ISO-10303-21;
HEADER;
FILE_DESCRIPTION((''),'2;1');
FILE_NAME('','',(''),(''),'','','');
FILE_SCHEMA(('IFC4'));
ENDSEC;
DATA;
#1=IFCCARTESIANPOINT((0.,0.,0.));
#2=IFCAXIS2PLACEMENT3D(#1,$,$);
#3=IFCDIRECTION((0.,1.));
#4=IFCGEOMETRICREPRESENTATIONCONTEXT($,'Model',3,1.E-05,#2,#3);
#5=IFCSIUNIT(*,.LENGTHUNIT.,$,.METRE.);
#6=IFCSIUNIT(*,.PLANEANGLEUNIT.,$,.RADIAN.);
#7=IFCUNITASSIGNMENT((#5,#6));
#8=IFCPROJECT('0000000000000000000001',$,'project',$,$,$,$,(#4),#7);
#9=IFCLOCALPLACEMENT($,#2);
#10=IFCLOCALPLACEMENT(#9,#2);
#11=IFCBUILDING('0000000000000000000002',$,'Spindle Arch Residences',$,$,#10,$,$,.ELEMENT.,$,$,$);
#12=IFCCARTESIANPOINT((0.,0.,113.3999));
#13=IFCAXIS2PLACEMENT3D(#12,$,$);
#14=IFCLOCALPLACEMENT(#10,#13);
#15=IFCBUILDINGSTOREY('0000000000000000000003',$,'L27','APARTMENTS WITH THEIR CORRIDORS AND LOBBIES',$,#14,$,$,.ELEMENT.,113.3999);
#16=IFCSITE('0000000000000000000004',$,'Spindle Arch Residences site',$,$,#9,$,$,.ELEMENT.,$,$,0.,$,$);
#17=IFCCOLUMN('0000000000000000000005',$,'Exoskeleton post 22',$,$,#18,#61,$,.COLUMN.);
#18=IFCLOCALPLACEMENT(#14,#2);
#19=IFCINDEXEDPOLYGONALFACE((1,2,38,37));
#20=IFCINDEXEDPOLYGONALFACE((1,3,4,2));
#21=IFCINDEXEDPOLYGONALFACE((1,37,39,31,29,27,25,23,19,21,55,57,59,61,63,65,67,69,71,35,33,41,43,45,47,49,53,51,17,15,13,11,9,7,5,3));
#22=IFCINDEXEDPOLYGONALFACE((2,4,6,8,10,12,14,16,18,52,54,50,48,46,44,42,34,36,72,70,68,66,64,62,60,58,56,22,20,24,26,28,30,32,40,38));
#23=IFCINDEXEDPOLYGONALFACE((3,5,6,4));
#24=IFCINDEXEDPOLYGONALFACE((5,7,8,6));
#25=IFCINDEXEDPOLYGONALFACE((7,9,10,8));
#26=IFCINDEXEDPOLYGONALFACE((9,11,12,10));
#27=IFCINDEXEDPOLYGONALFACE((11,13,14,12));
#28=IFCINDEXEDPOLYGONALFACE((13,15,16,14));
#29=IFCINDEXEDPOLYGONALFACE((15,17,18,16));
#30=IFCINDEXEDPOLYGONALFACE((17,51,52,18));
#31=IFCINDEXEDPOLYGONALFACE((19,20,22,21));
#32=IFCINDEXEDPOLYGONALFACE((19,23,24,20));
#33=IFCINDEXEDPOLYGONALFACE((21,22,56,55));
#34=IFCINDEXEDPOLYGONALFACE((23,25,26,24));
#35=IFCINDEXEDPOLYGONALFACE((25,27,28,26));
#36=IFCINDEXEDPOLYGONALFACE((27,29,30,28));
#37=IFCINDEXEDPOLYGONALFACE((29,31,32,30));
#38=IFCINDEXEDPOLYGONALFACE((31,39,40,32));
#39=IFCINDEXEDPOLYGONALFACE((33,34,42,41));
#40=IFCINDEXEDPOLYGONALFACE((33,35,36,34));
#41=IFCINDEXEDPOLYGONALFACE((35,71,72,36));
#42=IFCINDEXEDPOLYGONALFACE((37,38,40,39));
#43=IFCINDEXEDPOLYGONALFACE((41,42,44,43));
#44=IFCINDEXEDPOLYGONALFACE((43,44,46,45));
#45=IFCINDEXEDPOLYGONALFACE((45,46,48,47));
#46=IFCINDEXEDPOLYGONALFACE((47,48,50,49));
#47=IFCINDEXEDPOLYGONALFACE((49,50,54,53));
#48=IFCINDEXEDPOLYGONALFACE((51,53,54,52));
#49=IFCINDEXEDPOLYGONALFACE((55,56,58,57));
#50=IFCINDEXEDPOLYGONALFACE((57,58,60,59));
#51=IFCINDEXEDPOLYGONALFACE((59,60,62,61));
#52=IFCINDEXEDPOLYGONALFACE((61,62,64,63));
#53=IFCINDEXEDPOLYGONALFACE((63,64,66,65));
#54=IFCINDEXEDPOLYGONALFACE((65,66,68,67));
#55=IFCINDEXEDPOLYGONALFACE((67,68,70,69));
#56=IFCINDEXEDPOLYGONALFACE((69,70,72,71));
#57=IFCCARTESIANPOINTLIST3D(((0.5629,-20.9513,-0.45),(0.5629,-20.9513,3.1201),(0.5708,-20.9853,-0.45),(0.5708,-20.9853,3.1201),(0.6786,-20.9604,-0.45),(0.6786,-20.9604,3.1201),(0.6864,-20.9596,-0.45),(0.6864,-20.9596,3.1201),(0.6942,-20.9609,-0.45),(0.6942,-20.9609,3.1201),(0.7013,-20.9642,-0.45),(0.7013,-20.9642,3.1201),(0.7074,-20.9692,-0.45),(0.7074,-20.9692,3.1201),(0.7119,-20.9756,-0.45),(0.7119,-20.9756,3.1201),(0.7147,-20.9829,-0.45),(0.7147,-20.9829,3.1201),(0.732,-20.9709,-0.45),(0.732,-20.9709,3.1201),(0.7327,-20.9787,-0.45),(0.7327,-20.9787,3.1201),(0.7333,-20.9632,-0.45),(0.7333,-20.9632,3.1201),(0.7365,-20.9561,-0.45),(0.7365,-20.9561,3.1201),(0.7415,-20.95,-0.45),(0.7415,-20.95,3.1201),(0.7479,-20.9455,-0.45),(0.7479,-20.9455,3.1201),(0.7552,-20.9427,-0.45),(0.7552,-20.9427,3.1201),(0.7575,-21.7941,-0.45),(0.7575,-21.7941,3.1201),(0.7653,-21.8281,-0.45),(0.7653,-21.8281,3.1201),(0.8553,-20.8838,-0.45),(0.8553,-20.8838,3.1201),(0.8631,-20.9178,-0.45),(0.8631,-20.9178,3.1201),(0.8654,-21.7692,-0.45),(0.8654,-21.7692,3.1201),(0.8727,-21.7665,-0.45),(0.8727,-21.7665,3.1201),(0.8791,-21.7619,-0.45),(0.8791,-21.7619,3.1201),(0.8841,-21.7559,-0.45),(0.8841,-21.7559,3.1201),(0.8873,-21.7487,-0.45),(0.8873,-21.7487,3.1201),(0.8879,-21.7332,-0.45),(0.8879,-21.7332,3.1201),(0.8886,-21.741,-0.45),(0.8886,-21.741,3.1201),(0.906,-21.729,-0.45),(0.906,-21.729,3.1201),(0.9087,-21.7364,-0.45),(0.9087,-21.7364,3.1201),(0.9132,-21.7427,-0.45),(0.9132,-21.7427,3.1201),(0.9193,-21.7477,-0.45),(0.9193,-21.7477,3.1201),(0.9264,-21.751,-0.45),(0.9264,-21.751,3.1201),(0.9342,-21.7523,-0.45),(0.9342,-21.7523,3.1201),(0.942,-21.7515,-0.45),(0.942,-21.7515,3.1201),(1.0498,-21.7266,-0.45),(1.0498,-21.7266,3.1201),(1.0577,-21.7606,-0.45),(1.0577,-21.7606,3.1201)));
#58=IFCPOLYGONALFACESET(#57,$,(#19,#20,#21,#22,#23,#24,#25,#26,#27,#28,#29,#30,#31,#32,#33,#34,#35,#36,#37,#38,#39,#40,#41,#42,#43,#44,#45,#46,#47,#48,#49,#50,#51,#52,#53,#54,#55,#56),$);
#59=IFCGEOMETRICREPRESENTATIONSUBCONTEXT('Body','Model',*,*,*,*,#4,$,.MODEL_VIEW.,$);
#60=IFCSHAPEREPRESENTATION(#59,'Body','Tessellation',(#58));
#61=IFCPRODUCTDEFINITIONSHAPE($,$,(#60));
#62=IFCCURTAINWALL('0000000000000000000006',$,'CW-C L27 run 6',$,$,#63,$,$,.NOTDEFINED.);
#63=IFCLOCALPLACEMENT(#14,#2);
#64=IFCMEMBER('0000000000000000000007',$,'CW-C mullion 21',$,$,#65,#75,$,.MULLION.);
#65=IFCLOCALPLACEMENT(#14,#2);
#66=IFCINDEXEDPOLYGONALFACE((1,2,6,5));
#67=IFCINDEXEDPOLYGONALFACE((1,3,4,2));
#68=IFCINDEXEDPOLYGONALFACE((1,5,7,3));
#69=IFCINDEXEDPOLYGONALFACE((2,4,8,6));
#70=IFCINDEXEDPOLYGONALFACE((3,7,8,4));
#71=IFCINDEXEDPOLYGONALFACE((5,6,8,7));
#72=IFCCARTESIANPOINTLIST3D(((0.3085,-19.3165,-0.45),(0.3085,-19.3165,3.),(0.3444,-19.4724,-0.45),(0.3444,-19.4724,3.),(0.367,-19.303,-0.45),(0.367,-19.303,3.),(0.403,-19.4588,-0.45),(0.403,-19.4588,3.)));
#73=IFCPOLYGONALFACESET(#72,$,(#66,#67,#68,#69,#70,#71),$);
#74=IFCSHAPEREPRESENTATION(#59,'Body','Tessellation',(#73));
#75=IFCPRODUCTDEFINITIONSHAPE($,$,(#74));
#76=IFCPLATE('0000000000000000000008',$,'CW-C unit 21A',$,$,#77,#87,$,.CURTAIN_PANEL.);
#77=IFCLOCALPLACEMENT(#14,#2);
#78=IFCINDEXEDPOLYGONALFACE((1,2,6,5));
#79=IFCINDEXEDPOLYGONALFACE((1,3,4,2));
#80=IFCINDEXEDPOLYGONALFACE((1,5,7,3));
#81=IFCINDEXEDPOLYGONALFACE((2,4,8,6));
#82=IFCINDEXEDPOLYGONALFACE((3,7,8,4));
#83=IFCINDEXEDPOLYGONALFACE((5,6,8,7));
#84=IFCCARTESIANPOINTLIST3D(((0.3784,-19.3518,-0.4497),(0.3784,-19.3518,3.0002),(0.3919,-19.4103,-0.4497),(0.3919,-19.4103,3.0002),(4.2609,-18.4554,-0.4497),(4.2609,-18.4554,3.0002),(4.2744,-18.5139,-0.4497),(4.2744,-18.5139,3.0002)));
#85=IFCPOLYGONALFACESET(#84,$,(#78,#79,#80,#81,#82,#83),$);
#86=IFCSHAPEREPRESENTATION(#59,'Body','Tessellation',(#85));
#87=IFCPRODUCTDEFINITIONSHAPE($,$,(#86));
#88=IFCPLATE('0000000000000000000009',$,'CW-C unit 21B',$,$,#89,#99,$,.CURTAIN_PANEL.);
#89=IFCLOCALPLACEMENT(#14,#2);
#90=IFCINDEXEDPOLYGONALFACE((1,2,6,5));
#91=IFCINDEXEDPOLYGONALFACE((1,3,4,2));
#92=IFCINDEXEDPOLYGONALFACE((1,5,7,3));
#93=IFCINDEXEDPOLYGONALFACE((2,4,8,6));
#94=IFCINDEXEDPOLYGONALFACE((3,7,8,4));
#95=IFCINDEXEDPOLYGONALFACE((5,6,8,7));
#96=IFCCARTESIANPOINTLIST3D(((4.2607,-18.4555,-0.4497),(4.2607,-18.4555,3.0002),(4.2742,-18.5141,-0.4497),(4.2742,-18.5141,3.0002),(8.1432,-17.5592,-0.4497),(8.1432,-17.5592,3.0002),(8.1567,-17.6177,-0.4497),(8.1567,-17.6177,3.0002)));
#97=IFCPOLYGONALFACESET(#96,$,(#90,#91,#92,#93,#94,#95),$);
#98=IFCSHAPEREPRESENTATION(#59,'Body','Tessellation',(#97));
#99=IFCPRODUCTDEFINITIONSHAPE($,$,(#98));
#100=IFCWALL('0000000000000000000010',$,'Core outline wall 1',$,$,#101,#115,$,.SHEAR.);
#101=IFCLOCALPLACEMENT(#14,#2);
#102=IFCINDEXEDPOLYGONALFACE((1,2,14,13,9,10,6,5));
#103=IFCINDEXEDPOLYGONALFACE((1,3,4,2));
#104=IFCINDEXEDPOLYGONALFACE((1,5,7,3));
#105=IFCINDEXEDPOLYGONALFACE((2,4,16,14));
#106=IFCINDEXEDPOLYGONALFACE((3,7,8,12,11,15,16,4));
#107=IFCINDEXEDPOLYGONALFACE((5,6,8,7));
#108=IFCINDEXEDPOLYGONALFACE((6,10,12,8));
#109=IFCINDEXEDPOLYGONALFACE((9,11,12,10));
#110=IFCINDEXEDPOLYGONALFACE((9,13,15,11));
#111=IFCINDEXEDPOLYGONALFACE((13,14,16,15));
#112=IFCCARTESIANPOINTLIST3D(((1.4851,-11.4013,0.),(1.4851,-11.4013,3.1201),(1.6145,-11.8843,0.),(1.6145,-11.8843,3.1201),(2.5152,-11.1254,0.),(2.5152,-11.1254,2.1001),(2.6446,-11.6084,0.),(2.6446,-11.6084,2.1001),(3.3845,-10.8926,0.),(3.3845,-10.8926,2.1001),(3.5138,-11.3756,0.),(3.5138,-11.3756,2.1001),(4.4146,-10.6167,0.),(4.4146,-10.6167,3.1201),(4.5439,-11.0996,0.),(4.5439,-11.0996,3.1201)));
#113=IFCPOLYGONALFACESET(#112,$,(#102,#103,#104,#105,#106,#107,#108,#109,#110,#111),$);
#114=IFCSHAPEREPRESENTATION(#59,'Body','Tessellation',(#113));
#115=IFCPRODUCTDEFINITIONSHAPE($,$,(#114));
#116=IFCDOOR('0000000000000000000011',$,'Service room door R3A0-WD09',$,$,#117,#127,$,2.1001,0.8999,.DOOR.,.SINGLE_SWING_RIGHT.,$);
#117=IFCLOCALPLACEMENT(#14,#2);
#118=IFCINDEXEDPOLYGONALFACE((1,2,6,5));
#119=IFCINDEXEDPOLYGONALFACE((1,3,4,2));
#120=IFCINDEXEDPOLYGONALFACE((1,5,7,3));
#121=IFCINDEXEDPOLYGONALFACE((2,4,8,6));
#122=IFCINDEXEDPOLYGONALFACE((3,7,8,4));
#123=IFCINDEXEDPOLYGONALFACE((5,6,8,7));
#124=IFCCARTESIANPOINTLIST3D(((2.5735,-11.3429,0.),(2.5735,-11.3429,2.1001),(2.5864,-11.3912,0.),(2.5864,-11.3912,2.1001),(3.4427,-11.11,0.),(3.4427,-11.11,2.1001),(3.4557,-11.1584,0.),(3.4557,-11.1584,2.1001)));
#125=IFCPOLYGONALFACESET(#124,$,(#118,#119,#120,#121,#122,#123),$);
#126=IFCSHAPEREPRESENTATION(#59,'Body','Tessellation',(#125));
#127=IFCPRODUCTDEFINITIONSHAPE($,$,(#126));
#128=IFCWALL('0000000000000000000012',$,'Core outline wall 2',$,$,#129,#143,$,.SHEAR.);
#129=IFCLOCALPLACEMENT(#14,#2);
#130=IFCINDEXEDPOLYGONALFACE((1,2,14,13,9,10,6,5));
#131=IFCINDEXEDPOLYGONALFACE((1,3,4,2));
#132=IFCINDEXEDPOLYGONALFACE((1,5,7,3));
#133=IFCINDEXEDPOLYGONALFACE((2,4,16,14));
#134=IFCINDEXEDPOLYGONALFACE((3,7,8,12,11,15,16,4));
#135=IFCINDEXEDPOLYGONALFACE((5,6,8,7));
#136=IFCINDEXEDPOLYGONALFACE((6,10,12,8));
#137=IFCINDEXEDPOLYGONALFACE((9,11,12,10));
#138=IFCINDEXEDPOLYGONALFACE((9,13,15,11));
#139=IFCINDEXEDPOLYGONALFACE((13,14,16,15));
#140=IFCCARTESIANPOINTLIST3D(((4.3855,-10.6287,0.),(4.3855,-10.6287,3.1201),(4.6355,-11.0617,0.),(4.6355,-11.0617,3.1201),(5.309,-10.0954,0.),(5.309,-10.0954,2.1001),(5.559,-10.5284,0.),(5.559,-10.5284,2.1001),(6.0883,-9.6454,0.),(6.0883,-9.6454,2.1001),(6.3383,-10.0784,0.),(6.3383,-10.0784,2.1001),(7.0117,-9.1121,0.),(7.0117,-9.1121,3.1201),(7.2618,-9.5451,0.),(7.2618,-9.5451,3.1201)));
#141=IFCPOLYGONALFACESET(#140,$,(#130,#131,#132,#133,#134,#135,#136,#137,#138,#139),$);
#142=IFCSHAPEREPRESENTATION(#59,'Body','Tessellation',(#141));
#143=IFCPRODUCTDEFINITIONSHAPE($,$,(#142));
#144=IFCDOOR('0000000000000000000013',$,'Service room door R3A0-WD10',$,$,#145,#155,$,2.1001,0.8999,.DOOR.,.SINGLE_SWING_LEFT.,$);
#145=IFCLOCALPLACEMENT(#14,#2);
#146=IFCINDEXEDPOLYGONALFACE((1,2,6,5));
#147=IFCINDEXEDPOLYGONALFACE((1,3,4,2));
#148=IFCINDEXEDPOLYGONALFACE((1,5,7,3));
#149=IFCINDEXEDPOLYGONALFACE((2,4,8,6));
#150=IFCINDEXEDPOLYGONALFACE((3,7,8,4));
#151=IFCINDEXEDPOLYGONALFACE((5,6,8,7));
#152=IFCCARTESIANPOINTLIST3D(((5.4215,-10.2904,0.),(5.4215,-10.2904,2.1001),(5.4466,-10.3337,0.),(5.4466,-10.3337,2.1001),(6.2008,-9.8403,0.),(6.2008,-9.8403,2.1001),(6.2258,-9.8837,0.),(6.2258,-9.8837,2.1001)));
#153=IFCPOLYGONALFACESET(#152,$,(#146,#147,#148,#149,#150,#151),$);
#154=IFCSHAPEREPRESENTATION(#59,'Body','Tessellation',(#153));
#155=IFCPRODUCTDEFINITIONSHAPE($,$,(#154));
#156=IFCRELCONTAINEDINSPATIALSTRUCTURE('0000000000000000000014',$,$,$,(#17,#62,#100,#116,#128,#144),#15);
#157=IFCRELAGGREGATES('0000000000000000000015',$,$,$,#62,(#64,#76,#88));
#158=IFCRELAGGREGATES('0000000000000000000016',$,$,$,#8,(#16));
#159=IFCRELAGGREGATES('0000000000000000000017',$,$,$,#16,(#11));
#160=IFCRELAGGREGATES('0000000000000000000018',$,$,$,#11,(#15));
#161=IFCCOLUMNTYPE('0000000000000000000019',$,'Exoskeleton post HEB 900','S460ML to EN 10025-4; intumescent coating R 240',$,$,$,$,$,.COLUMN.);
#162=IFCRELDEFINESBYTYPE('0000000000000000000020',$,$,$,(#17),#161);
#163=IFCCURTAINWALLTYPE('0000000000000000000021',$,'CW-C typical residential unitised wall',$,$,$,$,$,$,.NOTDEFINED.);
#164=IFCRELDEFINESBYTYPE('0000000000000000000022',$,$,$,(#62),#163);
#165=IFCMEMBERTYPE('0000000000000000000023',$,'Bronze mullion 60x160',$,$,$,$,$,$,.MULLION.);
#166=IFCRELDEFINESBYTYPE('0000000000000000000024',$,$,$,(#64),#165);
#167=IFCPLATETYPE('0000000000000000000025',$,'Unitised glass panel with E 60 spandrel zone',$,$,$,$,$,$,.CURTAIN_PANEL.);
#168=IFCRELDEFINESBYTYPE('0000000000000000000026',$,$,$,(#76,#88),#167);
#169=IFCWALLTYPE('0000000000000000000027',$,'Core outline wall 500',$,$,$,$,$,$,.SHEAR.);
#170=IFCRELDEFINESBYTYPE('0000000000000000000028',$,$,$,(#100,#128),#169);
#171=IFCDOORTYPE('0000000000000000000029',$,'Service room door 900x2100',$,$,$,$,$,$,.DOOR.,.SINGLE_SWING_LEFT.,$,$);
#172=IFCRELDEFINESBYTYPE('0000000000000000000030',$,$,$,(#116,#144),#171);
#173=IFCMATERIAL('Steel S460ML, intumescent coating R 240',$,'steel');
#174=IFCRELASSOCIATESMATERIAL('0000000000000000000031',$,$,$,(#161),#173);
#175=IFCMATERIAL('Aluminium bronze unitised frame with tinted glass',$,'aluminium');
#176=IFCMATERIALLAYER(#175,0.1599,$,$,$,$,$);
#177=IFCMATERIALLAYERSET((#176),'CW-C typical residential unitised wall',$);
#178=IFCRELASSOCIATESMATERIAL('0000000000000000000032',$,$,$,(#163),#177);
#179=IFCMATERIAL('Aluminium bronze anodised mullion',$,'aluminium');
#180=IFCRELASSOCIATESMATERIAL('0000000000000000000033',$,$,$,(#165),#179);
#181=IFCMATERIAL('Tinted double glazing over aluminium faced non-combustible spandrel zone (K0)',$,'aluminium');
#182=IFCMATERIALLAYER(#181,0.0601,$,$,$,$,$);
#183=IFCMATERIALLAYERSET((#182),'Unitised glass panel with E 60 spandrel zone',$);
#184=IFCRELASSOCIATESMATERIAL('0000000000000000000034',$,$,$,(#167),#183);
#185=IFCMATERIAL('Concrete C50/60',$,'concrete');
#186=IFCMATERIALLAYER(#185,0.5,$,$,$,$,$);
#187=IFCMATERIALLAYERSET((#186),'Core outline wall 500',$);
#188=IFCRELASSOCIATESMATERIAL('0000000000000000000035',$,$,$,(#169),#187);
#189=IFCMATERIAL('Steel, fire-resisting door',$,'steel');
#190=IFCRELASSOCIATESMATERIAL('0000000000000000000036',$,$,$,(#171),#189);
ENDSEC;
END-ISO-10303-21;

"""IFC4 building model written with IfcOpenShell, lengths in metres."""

from ifc_helpers import new_model, si_unit, direction, frame, frame_2d, origin, origin_2d, place, context, subcontext, project, spatial, rectangle, i_section, extrude, material, layer, layer_set, material_profile, profile_set, type_object, element, fill, aggregate, save


model = new_model("IFC4")

# Units and contexts
model_context = context("Model", 3, precision=1e-05, world=origin(), true_north=direction((0.0, 1.0)))
body_context = subcontext(model_context, "Body", "Model", "MODEL_VIEW")
ifc_project = project(units=[si_unit("LENGTHUNIT", "METRE"), si_unit("PLANEANGLEUNIT", "RADIAN")], contexts=[model_context])

# Site, building, storey
site_placement = place(None, origin())
site = spatial("IfcSite", under=ifc_project, at=site_placement, Name="Spindle Arch Residences site", CompositionType="ELEMENT", RefElevation=0.0)
building_placement = place(site_placement, origin())
building = spatial("IfcBuilding", under=site, at=building_placement, Name="Spindle Arch Residences", CompositionType="ELEMENT")
storey_placement = place(building_placement, frame((0.0, 0.0, 113.3999)))
storey = spatial("IfcBuildingStorey", under=building, at=storey_placement, Name="L27", Description="APARTMENTS WITH THEIR CORRIDORS AND LOBBIES", CompositionType="ELEMENT", Elevation=113.3999)

# Column
ifc_material_1 = material(Name="Steel S460ML, intumescent coating R 240", Category="steel")
ifc_material_profile_1 = material_profile(ifc_material_1, i_section(OverallWidth=0.3, OverallDepth=0.8999, WebThickness=0.0186, FlangeThickness=0.0349, FilletRadius=0.03, at=origin_2d()), Name="HEB 900")
ifc_profile_set_1 = profile_set([ifc_material_profile_1], Name="Steel S460ML, intumescent coating R 240")
column_type = type_object("IfcColumnType", Name="Exoskeleton post HEB 900", Description="S460ML to EN 10025-4; intumescent coating R 240", PredefinedType="COLUMN", material=ifc_profile_set_1)
column_placement = place(storey_placement, frame((0.8103, -21.356, -0.45), z_axis=(0.0, 0.0, 1.0), x_axis=(-0.97437, -0.224951, 0.0)))
element("IfcColumn", 1, at=column_placement, inside=storey, type_object=column_type, Name="Exoskeleton post 22", PredefinedType="COLUMN", context=body_context, shape_type="SweptSolid", body=[
    extrude(i_section(OverallWidth=0.3, OverallDepth=0.8999, WebThickness=0.0186, FlangeThickness=0.0349, FilletRadius=0.03, at=origin_2d()), origin(), (0.0, 0.0, 1.0), 3.5701),
])

# Curtain wall, member, plates
ifc_material_2 = material(Name="Aluminium bronze unitised frame with tinted glass", Category="aluminium")
ifc_layer_1 = layer(ifc_material_2, 0.1599)
ifc_layer_set_1 = layer_set([ifc_layer_1], Name="CW-C typical residential unitised wall")
curtain_wall_type = type_object("IfcCurtainWallType", Name="CW-C typical residential unitised wall", PredefinedType="NOTDEFINED", material=ifc_layer_set_1)
curtain_wall_placement = place(storey_placement, origin())
curtain_wall = element("IfcCurtainWall", 2, at=curtain_wall_placement, inside=storey, type_object=curtain_wall_type, Name="CW-C L27 run 6", PredefinedType="NOTDEFINED")
ifc_material_3 = material(Name="Aluminium bronze anodised mullion", Category="aluminium")
ifc_material_profile_2 = material_profile(ifc_material_3, rectangle(XDim=0.1599, YDim=0.0601, at=origin_2d()), Name="MU 60x160")
ifc_profile_set_2 = profile_set([ifc_material_profile_2], Name="Aluminium bronze anodised mullion")
member_type = type_object("IfcMemberType", Name="Bronze mullion 60x160", PredefinedType="MULLION", material=ifc_profile_set_2)
member_placement = place(storey_placement, frame((0.3557, -19.3877, -0.45), z_axis=(0.0, 0.0, 1.0), x_axis=(-0.224951, 0.97437, 0.0)))
member = element("IfcMember", 3, at=member_placement, type_object=member_type, Name="CW-C mullion 21", PredefinedType="MULLION", context=body_context, shape_type="SweptSolid", body=[
    extrude(rectangle(XDim=0.1599, YDim=0.0601, at=origin_2d()), origin(), (0.0, 0.0, 1.0), 3.45),
])
ifc_material_4 = material(Name="Tinted double glazing over aluminium faced non-combustible spandrel zone (K0)", Category="aluminium")
ifc_layer_2 = layer(ifc_material_4, 0.0601)
ifc_layer_set_2 = layer_set([ifc_layer_2], Name="Unitised glass panel with E 60 spandrel zone")
plate_type = type_object("IfcPlateType", Name="Unitised glass panel with E 60 spandrel zone", PredefinedType="CURTAIN_PANEL", material=ifc_layer_set_2)
plate_1_placement = place(storey_placement, frame((2.3264, -18.9329, -0.4497), z_axis=(0.0, 0.0, 1.0), x_axis=(0.97437, 0.224951, 0.0)))
plate_1 = element("IfcPlate", 4, at=plate_1_placement, type_object=plate_type, Name="CW-C unit 21A", PredefinedType="CURTAIN_PANEL", context=body_context, shape_type="SweptSolid", body=[
    extrude(rectangle(XDim=3.9846, YDim=0.0601, at=origin_2d()), origin(), (0.0, 0.0, 1.0), 3.45),
])
plate_2_placement = place(storey_placement, frame((6.2087, -18.0366, -0.4497), z_axis=(0.0, 0.0, 1.0), x_axis=(0.97437, 0.224951, 0.0)))
plate_2 = element("IfcPlate", 5, at=plate_2_placement, type_object=plate_type, Name="CW-C unit 21B", PredefinedType="CURTAIN_PANEL", context=body_context, shape_type="SweptSolid", body=[
    extrude(rectangle(XDim=3.9846, YDim=0.0601, at=origin_2d()), origin(), (0.0, 0.0, 1.0), 3.45),
])
aggregate(curtain_wall, [member, plate_1, plate_2])

# Walls, openings, doors
ifc_material_5 = material(Name="Concrete C50/60", Category="concrete")
ifc_layer_3 = layer(ifc_material_5, 0.5)
ifc_layer_set_3 = layer_set([ifc_layer_3], Name="Core outline wall 500")
wall_type_1 = type_object("IfcWallType", Name="Core outline wall 500", PredefinedType="SHEAR", material=ifc_layer_set_3)
wall_1_placement = place(storey_placement, frame((1.5498, -11.6428, 0.0), z_axis=(0.0, 0.0, 1.0), x_axis=(0.965948, 0.258735, 0.0)))
wall_1 = element("IfcWall", 6, at=wall_1_placement, inside=storey, type_object=wall_type_1, Name="Core outline wall 1", PredefinedType="SHEAR", context=body_context, shape_type="SweptSolid", body=[
    extrude(rectangle(XDim=3.0327, YDim=0.5, at=frame_2d((1.5164, 0.0))), origin(), (0.0, 0.0, 1.0), 3.1201),
])
opening_1_placement = place(wall_1_placement, frame((1.0664, 0.0, 0.0)))
opening_1 = element("IfcOpeningElement", 7, at=opening_1_placement, cuts=wall_1, PredefinedType="OPENING", context=body_context, shape_type="SweptSolid", body=[
    extrude(rectangle(XDim=0.8999, YDim=2.1001, at=frame_2d((0.45, 1.05))), frame((0.0, 0.26, 0.0), z_axis=(0.0, -1.0, 0.0), x_axis=(1.0, 0.0, 0.0)), (0.0, 0.0, 1.0), 0.52),
])
ifc_material_6 = material(Name="Steel, fire-resisting door", Category="steel")
door_type_1 = type_object("IfcDoorType", Name="Service room door 900x2100", OperationType="SINGLE_SWING_LEFT", PredefinedType="DOOR", material=ifc_material_6)
door_1_placement = place(opening_1_placement, origin())
door_1 = element("IfcDoor", 8, at=door_1_placement, inside=storey, type_object=door_type_1, Name="Service room door R3A0-WD09", OperationType="SINGLE_SWING_RIGHT", OverallHeight=2.1001, OverallWidth=0.8999, PredefinedType="DOOR", context=body_context, shape_type="SweptSolid", body=[
    extrude(rectangle(XDim=0.8999, YDim=2.1001, at=frame_2d((0.45, 1.05))), frame((0.0, 0.0249, 0.0), z_axis=(0.0, -1.0, 0.0), x_axis=(1.0, 0.0, 0.0)), (0.0, 0.0, 1.0), 0.05),
])
fill(opening_1, door_1)
wall_2_placement = place(storey_placement, frame((4.5105, -10.8452, 0.0), z_axis=(0.0, 0.0, 1.0), x_axis=(0.865975, 0.500087, 0.0)))
wall_2 = element("IfcWall", 9, at=wall_2_placement, inside=storey, type_object=wall_type_1, Name="Core outline wall 2", PredefinedType="SHEAR", context=body_context, shape_type="SweptSolid", body=[
    extrude(rectangle(XDim=3.0327, YDim=0.5, at=frame_2d((1.5164, 0.0))), origin(), (0.0, 0.0, 1.0), 3.1201),
])
opening_2_placement = place(wall_2_placement, frame((1.0664, 0.0, 0.0)))
opening_2 = element("IfcOpeningElement", 10, at=opening_2_placement, cuts=wall_2, PredefinedType="OPENING", context=body_context, shape_type="SweptSolid", body=[
    extrude(rectangle(XDim=0.8999, YDim=2.1001, at=frame_2d((0.45, 1.05))), frame((0.0, 0.26, 0.0), z_axis=(0.0, -1.0, 0.0), x_axis=(1.0, 0.0, 0.0)), (0.0, 0.0, 1.0), 0.52),
])
door_2_placement = place(opening_2_placement, origin())
door_2 = element("IfcDoor", 11, at=door_2_placement, inside=storey, type_object=door_type_1, Name="Service room door R3A0-WD10", OperationType="SINGLE_SWING_LEFT", OverallHeight=2.1001, OverallWidth=0.8999, PredefinedType="DOOR", context=body_context, shape_type="SweptSolid", body=[
    extrude(rectangle(XDim=0.8999, YDim=2.1001, at=frame_2d((0.45, 1.05))), frame((0.0, 0.0249, 0.0), z_axis=(0.0, -1.0, 0.0), x_axis=(1.0, 0.0, 0.0)), (0.0, 0.0, 1.0), 0.05),
])
fill(opening_2, door_2)

save(model, "model.ifc")
